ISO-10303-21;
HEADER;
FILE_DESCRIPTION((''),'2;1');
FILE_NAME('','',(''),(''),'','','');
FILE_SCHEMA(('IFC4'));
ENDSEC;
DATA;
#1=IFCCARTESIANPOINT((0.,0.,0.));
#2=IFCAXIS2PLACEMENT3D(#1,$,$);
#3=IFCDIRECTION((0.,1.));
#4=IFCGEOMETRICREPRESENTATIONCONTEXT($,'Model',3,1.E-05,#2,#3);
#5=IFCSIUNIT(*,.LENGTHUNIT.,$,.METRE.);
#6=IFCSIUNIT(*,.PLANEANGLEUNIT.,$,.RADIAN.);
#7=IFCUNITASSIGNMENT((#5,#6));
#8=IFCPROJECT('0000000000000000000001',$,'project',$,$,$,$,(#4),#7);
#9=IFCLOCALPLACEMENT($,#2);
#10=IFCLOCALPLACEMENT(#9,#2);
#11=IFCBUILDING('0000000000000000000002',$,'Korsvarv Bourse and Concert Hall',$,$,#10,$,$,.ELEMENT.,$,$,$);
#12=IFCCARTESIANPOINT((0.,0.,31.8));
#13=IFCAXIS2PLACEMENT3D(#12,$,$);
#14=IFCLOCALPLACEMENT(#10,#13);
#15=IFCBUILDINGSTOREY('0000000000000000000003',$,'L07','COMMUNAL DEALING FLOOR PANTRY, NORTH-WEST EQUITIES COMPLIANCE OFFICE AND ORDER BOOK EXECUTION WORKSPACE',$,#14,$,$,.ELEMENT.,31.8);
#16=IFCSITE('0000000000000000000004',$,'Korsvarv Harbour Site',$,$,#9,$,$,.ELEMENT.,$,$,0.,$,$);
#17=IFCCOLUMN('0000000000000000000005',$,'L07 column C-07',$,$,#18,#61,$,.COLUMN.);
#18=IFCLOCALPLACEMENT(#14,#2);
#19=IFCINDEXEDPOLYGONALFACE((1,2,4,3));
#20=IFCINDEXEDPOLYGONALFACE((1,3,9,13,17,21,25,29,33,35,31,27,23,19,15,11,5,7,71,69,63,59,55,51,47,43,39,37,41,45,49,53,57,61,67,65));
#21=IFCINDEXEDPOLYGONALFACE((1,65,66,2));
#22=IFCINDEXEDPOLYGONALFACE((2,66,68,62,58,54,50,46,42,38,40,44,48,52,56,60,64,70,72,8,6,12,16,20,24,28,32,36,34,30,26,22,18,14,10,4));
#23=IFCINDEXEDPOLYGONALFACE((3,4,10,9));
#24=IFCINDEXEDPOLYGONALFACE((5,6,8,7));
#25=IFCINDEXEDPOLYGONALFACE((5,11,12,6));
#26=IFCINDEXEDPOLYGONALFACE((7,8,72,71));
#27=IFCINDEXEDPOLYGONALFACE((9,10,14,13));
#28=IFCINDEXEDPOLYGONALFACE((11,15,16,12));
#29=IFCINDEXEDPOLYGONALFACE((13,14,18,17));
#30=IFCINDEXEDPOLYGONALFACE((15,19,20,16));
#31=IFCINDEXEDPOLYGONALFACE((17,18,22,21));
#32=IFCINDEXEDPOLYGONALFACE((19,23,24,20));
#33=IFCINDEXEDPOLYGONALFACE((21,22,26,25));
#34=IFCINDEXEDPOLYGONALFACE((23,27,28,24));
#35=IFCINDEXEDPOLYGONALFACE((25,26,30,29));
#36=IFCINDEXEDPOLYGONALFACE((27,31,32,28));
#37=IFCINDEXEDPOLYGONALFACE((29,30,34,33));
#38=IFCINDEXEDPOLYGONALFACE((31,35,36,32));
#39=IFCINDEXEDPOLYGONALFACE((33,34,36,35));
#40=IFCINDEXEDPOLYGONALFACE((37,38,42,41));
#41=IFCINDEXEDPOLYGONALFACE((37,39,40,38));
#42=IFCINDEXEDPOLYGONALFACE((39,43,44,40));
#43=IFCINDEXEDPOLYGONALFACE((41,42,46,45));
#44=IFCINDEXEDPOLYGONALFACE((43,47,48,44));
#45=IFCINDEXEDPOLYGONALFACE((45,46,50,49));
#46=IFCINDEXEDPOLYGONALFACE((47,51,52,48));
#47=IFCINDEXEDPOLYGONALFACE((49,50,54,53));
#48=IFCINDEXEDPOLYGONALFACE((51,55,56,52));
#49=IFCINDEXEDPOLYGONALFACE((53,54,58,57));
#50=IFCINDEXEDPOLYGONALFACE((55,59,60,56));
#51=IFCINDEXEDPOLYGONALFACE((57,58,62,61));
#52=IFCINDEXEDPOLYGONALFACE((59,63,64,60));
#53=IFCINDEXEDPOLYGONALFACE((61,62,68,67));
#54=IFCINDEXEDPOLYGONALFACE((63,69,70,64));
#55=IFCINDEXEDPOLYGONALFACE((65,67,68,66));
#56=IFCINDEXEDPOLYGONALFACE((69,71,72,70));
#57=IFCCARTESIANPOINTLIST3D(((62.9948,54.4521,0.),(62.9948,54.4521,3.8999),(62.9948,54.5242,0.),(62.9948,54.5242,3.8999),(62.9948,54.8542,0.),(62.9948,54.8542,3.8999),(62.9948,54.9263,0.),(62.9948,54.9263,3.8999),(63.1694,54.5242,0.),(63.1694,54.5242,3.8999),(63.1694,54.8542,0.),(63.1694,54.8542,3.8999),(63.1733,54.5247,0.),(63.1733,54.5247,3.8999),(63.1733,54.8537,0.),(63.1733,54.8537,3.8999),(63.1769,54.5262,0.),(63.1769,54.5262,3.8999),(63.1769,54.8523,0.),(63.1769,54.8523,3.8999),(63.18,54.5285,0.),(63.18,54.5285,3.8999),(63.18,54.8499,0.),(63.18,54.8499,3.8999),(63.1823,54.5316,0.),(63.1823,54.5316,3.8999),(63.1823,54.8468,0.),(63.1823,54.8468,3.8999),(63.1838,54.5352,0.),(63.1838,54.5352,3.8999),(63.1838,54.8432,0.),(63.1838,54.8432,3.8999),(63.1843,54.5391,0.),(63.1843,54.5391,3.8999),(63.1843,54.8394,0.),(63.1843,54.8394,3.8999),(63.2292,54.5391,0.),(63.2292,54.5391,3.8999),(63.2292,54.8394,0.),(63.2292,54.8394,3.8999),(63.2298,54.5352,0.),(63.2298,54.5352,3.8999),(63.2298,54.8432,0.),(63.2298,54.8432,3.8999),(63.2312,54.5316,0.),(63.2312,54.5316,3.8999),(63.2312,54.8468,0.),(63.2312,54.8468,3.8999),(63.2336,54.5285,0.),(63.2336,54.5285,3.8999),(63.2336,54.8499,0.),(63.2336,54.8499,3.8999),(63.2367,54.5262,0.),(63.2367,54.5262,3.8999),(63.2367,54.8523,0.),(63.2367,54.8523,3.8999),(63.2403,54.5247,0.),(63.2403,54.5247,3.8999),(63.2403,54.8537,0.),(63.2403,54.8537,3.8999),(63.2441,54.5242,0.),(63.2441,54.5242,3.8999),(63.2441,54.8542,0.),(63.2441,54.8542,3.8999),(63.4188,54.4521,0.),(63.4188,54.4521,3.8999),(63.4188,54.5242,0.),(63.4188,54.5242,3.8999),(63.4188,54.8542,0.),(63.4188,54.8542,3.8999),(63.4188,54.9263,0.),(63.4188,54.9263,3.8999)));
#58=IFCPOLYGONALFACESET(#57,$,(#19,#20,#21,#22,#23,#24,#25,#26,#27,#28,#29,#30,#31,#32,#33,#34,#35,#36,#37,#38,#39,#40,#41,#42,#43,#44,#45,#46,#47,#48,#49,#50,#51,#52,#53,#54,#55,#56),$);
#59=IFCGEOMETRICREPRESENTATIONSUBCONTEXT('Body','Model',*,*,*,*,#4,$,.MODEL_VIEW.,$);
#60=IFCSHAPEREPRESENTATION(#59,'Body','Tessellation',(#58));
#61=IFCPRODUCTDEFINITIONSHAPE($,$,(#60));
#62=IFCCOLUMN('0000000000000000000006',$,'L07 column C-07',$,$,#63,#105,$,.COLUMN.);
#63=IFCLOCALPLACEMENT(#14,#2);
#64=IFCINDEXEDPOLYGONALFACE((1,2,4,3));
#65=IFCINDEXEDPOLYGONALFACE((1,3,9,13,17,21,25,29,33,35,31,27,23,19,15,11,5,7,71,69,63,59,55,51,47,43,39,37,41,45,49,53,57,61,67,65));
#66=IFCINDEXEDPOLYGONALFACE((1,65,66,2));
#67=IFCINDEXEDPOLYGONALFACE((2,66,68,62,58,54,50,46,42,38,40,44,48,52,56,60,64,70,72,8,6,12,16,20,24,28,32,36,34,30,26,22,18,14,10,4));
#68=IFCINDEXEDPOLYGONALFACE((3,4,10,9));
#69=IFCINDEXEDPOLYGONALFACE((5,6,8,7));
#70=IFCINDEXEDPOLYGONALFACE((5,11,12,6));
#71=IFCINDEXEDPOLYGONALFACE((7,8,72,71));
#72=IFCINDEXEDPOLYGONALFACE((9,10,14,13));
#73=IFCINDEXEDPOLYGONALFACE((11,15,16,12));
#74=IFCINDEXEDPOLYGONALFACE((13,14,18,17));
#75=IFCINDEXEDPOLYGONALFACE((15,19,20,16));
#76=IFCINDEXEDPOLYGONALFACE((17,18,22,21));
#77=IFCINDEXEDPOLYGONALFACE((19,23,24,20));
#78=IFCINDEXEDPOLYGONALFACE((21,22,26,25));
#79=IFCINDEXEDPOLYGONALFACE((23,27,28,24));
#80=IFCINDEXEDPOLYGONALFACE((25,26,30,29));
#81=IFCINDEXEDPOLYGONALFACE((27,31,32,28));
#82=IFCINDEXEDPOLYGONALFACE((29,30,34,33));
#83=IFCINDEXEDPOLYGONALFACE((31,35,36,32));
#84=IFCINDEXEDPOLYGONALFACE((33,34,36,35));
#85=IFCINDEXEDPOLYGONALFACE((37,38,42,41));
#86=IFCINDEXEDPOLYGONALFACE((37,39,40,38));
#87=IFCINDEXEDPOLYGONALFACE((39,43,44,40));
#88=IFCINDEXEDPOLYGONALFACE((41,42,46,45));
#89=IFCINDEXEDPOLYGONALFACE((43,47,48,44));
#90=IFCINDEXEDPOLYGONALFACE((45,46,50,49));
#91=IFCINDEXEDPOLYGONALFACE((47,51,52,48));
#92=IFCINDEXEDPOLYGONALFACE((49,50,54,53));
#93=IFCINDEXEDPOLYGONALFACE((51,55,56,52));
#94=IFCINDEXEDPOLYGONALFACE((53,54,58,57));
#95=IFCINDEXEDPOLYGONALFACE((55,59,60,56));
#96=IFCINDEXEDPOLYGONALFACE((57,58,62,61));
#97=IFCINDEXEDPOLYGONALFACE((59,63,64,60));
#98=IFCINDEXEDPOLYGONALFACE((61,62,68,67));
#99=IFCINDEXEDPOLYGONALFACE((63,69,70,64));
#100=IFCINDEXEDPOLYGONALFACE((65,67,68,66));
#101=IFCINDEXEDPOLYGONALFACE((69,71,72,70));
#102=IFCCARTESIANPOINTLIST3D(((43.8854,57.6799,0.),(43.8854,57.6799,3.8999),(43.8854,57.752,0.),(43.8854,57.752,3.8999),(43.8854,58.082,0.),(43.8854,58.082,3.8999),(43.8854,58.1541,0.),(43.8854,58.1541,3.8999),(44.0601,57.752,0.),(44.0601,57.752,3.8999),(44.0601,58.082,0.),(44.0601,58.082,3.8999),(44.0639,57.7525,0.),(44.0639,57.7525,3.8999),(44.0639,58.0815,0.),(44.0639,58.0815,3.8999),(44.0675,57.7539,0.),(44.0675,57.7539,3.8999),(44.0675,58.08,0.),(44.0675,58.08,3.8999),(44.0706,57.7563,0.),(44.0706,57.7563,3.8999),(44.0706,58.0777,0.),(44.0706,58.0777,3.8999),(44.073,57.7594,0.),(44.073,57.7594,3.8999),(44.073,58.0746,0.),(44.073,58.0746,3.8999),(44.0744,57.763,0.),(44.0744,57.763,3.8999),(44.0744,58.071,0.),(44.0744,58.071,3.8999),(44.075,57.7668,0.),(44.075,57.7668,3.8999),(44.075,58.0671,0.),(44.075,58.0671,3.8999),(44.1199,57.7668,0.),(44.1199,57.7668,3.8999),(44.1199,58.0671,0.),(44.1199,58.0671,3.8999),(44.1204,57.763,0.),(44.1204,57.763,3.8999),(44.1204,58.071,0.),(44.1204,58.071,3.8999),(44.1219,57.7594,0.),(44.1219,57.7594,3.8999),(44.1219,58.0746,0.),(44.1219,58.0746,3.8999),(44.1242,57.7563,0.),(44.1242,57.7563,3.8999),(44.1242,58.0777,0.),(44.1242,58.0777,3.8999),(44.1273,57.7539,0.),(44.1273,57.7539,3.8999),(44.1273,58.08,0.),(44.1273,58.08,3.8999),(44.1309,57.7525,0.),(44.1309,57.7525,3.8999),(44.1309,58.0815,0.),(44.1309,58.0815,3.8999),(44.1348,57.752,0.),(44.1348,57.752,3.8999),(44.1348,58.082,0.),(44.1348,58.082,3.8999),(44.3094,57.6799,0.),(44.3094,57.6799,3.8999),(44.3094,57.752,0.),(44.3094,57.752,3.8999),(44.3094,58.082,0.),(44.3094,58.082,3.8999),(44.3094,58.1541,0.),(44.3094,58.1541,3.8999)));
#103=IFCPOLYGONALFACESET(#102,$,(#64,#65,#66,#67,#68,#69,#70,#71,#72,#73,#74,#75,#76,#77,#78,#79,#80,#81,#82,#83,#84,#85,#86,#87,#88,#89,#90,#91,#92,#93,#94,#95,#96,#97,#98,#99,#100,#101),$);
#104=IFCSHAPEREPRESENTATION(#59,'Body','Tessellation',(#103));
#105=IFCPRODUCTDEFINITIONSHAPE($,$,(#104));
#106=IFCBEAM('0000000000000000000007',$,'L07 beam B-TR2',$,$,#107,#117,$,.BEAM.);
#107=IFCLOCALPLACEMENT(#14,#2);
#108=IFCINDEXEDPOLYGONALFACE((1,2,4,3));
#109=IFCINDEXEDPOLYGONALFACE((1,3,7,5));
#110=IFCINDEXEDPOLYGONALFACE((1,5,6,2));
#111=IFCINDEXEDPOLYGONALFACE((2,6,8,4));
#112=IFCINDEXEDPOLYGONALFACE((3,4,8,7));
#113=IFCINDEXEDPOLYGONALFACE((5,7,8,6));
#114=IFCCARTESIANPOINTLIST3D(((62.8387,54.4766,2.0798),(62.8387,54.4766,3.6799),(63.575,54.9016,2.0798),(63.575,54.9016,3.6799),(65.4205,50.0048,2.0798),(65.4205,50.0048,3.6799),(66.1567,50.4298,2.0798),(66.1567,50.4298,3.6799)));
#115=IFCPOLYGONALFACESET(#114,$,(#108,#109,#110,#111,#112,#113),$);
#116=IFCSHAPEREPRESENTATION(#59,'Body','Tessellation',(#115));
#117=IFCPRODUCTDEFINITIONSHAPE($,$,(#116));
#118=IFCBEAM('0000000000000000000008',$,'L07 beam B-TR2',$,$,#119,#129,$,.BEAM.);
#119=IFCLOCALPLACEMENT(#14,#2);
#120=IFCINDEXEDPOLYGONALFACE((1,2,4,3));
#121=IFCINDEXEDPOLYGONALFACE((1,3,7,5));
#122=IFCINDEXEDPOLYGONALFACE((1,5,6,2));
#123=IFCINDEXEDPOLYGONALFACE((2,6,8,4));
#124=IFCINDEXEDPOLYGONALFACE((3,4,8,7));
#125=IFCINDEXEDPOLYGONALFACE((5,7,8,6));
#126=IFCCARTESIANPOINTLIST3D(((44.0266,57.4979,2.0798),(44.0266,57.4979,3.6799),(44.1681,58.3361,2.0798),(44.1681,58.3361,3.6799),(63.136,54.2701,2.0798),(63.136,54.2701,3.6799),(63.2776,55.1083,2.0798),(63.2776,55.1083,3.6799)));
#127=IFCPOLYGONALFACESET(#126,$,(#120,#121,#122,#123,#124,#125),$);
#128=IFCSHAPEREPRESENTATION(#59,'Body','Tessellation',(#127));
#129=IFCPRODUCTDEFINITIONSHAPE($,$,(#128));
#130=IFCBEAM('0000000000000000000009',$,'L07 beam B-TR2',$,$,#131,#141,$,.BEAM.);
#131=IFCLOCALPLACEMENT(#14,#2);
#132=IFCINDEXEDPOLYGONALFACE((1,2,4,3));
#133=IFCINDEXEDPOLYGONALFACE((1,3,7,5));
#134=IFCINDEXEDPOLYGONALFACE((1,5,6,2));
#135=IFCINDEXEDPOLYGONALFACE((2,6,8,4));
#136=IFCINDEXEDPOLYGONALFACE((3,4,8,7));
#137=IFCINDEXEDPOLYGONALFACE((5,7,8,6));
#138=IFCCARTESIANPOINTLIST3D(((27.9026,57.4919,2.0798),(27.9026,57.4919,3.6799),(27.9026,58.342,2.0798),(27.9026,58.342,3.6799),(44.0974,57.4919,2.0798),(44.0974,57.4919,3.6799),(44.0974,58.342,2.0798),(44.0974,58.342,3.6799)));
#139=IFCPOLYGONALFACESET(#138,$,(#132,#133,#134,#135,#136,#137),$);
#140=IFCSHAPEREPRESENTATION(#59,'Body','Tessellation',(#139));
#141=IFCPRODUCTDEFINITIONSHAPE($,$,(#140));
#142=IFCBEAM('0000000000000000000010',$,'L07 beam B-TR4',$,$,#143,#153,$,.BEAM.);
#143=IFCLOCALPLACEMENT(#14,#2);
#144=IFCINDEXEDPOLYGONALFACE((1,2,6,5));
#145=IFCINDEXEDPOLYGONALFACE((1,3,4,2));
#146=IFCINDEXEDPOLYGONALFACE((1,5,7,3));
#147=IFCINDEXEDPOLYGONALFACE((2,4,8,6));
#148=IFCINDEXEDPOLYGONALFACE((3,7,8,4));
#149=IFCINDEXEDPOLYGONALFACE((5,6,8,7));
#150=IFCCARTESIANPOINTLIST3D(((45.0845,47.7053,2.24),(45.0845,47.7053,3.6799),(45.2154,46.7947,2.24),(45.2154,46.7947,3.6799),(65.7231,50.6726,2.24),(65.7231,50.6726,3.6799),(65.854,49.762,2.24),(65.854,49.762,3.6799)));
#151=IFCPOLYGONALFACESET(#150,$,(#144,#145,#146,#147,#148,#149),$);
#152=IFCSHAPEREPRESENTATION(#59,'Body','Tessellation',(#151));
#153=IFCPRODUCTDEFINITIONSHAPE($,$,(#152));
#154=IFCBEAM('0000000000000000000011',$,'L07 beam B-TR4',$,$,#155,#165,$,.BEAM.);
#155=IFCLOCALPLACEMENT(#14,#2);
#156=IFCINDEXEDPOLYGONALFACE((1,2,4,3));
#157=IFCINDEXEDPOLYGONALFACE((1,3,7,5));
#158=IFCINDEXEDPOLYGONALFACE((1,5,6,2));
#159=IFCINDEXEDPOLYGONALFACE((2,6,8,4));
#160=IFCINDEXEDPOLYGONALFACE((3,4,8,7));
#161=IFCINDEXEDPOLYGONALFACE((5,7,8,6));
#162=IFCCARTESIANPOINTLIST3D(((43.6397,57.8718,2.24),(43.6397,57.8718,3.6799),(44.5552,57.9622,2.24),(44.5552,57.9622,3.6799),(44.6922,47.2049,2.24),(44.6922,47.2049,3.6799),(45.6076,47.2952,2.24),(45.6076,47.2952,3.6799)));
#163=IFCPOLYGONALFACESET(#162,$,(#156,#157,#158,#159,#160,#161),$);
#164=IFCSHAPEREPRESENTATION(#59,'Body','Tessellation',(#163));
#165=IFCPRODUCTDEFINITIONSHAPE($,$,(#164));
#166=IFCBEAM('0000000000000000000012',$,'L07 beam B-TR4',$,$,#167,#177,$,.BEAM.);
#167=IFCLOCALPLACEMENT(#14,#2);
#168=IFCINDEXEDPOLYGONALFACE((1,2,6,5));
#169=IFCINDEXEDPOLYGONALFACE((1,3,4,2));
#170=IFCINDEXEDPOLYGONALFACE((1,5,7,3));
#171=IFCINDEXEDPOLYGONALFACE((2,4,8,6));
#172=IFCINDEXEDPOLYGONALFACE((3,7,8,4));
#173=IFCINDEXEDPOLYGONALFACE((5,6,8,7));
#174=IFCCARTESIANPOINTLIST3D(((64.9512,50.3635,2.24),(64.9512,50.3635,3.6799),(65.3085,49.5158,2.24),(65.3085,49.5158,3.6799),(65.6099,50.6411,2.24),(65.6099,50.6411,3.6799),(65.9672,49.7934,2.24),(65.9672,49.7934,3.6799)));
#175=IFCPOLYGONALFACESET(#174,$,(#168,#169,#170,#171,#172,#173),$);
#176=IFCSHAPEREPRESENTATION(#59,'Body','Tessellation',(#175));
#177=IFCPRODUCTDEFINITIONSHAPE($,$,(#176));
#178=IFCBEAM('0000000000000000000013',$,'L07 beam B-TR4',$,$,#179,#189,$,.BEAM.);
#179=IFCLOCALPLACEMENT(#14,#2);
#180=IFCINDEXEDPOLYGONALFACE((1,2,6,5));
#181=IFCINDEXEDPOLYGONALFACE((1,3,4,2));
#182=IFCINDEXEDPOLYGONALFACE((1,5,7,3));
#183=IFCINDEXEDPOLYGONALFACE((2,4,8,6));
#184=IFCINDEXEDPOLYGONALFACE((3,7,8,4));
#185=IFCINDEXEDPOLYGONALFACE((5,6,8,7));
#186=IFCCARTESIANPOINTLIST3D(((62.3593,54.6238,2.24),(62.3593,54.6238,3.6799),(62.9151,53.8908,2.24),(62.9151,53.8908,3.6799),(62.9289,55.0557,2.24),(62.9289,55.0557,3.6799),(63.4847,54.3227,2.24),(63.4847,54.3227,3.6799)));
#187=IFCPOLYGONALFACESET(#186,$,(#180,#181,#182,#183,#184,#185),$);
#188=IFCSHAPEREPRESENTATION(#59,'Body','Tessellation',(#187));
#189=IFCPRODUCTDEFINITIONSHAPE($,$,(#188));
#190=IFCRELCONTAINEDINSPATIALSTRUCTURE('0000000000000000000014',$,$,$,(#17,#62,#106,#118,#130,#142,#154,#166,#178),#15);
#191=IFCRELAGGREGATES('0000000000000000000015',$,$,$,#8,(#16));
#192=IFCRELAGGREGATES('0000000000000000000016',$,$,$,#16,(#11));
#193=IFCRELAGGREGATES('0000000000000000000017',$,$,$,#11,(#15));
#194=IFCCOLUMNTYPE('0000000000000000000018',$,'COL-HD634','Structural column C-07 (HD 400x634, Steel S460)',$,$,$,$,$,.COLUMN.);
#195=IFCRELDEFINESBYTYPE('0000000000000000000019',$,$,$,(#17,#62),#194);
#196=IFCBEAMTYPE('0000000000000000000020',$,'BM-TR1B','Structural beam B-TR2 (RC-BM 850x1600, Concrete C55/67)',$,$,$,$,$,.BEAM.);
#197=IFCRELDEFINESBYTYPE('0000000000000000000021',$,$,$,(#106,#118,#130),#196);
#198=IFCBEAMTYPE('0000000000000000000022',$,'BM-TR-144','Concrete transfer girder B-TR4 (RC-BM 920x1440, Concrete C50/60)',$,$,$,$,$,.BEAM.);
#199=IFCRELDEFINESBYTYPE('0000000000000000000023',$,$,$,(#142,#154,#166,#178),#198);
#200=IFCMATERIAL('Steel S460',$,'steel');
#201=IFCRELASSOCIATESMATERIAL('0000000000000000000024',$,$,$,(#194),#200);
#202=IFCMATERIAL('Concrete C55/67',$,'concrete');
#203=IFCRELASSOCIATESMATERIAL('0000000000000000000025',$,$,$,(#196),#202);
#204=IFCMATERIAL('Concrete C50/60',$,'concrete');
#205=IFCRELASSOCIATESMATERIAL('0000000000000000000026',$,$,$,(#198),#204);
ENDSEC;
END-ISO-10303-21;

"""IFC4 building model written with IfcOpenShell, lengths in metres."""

from ifc_helpers import new_model, si_unit, direction, frame, origin, origin_2d, place, context, subcontext, project, spatial, rectangle, i_section, extrude, source, transform, mapped, material, material_profile, profile_set, type_object, element, save


model = new_model("IFC4")

# Units and contexts
model_context = context("Model", 3, precision=1e-05, world=origin(), true_north=direction((0.0, 1.0)))
body_context = subcontext(model_context, "Body", "Model", "MODEL_VIEW")
ifc_project = project(units=[si_unit("LENGTHUNIT", "METRE"), si_unit("PLANEANGLEUNIT", "RADIAN")], contexts=[model_context])

# Site, building, storey
site_placement = place(None, origin())
site = spatial("IfcSite", under=ifc_project, at=site_placement, Name="Korsvarv Harbour Site", CompositionType="ELEMENT", RefElevation=0.0)
building_placement = place(site_placement, origin())
building = spatial("IfcBuilding", under=site, at=building_placement, Name="Korsvarv Bourse and Concert Hall", CompositionType="ELEMENT")
storey_placement = place(building_placement, frame((0.0, 0.0, 31.8)))
storey = spatial("IfcBuildingStorey", under=building, at=storey_placement, Name="L07", Description="COMMUNAL DEALING FLOOR PANTRY, NORTH-WEST EQUITIES COMPLIANCE OFFICE AND ORDER BOOK EXECUTION WORKSPACE", CompositionType="ELEMENT", Elevation=31.8)

# Columns
ifc_material_1 = material(Name="Steel S460", Category="steel")
ifc_material_profile_1 = material_profile(ifc_material_1, i_section(OverallWidth=0.4241, OverallDepth=0.4741, WebThickness=0.0449, FlangeThickness=0.072, FilletRadius=0.0149, at=origin_2d()), Name="HD 400x634")
ifc_profile_set_1 = profile_set([ifc_material_profile_1], Name="Steel S460")
column_type = type_object("IfcColumnType", Name="COL-HD634", Description="Structural column C-07 (HD 400x634, Steel S460)", PredefinedType="COLUMN", material=ifc_profile_set_1)
shared_shape_1 = source(origin(), body_context, "Body", "SweptSolid", [
    extrude(i_section(OverallWidth=0.4241, OverallDepth=0.4741, WebThickness=0.0449, FlangeThickness=0.072, FilletRadius=0.0149, at=origin_2d()), origin(), (0.0, 0.0, 1.0), 3.8999),
])
for number, where, z_axis, x_axis, name in (
    (1, (63.2068, 54.6892, 0.0), (0.0, 0.0, 1.0), (1.0, 0.0, 0.0), "L07 column C-07"),
    (2, (44.0974, 57.917, 0.0), (0.0, 0.0, 1.0), (1.0, 0.0, 0.0), "L07 column C-07"),
):
    element("IfcColumn", number, at=place(storey_placement, frame(where, z_axis=z_axis, x_axis=x_axis)), inside=storey, type_object=column_type, Name=name, PredefinedType="COLUMN", context=body_context, shape_type="MappedRepresentation", body=[
        mapped(shared_shape_1, transform((0.0, 0.0, 0.0), scale=1.0)),
    ])

# Beams
ifc_material_2 = material(Name="Concrete C55/67", Category="concrete")
ifc_material_profile_2 = material_profile(ifc_material_2, rectangle(XDim=0.8501, YDim=1.6001, at=origin_2d()), Name="RC-BM 850x1600")
ifc_profile_set_2 = profile_set([ifc_material_profile_2], Name="Concrete C55/67")
beam_type_1 = type_object("IfcBeamType", Name="BM-TR1B", Description="Structural beam B-TR2 (RC-BM 850x1600, Concrete C55/67)", PredefinedType="BEAM", material=ifc_profile_set_2)
shared_shape_2 = source(origin(), body_context, "Body", "SweptSolid", [
    extrude(rectangle(XDim=0.8501, YDim=1.6001, at=origin_2d()), origin(), (0.0, 0.0, 1.0), 5.1636),
])
beam_1_placement = place(storey_placement, frame((65.7886, 50.2173, 2.8799), z_axis=(-0.499988, 0.866032, 0.0), x_axis=(-0.866032, -0.499988, 0.0)))
element("IfcBeam", 3, at=beam_1_placement, inside=storey, type_object=beam_type_1, Name="L07 beam B-TR2", PredefinedType="BEAM", context=body_context, shape_type="MappedRepresentation", body=[
    mapped(shared_shape_2, transform((0.0, 0.0, 0.0), scale=1.0)),
])
shared_shape_3 = source(origin(), body_context, "Body", "SweptSolid", [
    extrude(rectangle(XDim=0.8501, YDim=1.6001, at=origin_2d()), origin(), (0.0, 0.0, 1.0), 19.3801),
])
beam_2_placement = place(storey_placement, frame((63.2068, 54.6892, 2.8799), z_axis=(-0.986033, 0.166552, 0.0), x_axis=(-0.166552, -0.986033, 0.0)))
element("IfcBeam", 4, at=beam_2_placement, inside=storey, type_object=beam_type_1, Name="L07 beam B-TR2", PredefinedType="BEAM", context=body_context, shape_type="MappedRepresentation", body=[
    mapped(shared_shape_3, transform((0.0, 0.0, 0.0), scale=1.0)),
])
shared_shape_4 = source(origin(), body_context, "Body", "SweptSolid", [
    extrude(rectangle(XDim=0.8501, YDim=1.6001, at=origin_2d()), origin(), (0.0, 0.0, 1.0), 16.1948),
])
beam_3_placement = place(storey_placement, frame((44.0974, 57.917, 2.8799), z_axis=(-1.0, 0.0, 0.0), x_axis=(0.0, -1.0, 0.0)))
element("IfcBeam", 5, at=beam_3_placement, inside=storey, type_object=beam_type_1, Name="L07 beam B-TR2", PredefinedType="BEAM", context=body_context, shape_type="MappedRepresentation", body=[
    mapped(shared_shape_4, transform((0.0, 0.0, 0.0), scale=1.0)),
])
ifc_material_3 = material(Name="Concrete C50/60", Category="concrete")
ifc_material_profile_3 = material_profile(ifc_material_3, rectangle(XDim=0.9199, YDim=1.4399, at=origin_2d()), Name="RC-BM 920x1440")
ifc_profile_set_3 = profile_set([ifc_material_profile_3], Name="Concrete C50/60")
beam_type_2 = type_object("IfcBeamType", Name="BM-TR-144", Description="Concrete transfer girder B-TR4 (RC-BM 920x1440, Concrete C50/60)", PredefinedType="BEAM", material=ifc_profile_set_3)
shared_shape_5 = source(origin(), body_context, "Body", "SweptSolid", [
    extrude(rectangle(XDim=0.9199, YDim=1.4399, at=origin_2d()), origin(), (0.0, 0.0, 1.0), 20.8508),
])
beam_4_placement = place(storey_placement, frame((65.7886, 50.2173, 2.96), z_axis=(-0.989822, -0.14231, 0.0), x_axis=(0.14231, -0.989822, 0.0)))
element("IfcBeam", 6, at=beam_4_placement, inside=storey, type_object=beam_type_2, Name="L07 beam B-TR4", PredefinedType="BEAM", context=body_context, shape_type="MappedRepresentation", body=[
    mapped(shared_shape_5, transform((0.0, 0.0, 0.0), scale=1.0)),
])
shared_shape_6 = source(origin(), body_context, "Body", "SweptSolid", [
    extrude(rectangle(XDim=0.9199, YDim=1.4399, at=origin_2d()), origin(), (0.0, 0.0, 1.0), 10.7188),
])
beam_5_placement = place(storey_placement, frame((44.0974, 57.917, 2.96), z_axis=(0.098191, -0.995168, 0.0), x_axis=(0.995168, 0.098191, 0.0)))
element("IfcBeam", 7, at=beam_5_placement, inside=storey, type_object=beam_type_2, Name="L07 beam B-TR4", PredefinedType="BEAM", context=body_context, shape_type="MappedRepresentation", body=[
    mapped(shared_shape_6, transform((0.0, 0.0, 0.0), scale=1.0)),
])
shared_shape_7 = source(origin(), body_context, "Body", "SweptSolid", [
    extrude(rectangle(XDim=0.9199, YDim=1.4399, at=origin_2d()), origin(), (0.0, 0.0, 1.0), 0.7148),
])
for number, where, z_axis, x_axis, name in (
    (8, (65.7886, 50.2173, 2.96), (-0.921513, -0.388347, 0.0), (0.388347, -0.921513, 0.0), "L07 beam B-TR4"),
    (9, (63.2068, 54.6892, 2.96), (-0.796833, -0.6042, 0.0), (0.6042, -0.796833, 0.0), "L07 beam B-TR4"),
):
    element("IfcBeam", number, at=place(storey_placement, frame(where, z_axis=z_axis, x_axis=x_axis)), inside=storey, type_object=beam_type_2, Name=name, PredefinedType="BEAM", context=body_context, shape_type="MappedRepresentation", body=[
        mapped(shared_shape_7, transform((0.0, 0.0, 0.0), scale=1.0)),
    ])

save(model, "model.ifc")
